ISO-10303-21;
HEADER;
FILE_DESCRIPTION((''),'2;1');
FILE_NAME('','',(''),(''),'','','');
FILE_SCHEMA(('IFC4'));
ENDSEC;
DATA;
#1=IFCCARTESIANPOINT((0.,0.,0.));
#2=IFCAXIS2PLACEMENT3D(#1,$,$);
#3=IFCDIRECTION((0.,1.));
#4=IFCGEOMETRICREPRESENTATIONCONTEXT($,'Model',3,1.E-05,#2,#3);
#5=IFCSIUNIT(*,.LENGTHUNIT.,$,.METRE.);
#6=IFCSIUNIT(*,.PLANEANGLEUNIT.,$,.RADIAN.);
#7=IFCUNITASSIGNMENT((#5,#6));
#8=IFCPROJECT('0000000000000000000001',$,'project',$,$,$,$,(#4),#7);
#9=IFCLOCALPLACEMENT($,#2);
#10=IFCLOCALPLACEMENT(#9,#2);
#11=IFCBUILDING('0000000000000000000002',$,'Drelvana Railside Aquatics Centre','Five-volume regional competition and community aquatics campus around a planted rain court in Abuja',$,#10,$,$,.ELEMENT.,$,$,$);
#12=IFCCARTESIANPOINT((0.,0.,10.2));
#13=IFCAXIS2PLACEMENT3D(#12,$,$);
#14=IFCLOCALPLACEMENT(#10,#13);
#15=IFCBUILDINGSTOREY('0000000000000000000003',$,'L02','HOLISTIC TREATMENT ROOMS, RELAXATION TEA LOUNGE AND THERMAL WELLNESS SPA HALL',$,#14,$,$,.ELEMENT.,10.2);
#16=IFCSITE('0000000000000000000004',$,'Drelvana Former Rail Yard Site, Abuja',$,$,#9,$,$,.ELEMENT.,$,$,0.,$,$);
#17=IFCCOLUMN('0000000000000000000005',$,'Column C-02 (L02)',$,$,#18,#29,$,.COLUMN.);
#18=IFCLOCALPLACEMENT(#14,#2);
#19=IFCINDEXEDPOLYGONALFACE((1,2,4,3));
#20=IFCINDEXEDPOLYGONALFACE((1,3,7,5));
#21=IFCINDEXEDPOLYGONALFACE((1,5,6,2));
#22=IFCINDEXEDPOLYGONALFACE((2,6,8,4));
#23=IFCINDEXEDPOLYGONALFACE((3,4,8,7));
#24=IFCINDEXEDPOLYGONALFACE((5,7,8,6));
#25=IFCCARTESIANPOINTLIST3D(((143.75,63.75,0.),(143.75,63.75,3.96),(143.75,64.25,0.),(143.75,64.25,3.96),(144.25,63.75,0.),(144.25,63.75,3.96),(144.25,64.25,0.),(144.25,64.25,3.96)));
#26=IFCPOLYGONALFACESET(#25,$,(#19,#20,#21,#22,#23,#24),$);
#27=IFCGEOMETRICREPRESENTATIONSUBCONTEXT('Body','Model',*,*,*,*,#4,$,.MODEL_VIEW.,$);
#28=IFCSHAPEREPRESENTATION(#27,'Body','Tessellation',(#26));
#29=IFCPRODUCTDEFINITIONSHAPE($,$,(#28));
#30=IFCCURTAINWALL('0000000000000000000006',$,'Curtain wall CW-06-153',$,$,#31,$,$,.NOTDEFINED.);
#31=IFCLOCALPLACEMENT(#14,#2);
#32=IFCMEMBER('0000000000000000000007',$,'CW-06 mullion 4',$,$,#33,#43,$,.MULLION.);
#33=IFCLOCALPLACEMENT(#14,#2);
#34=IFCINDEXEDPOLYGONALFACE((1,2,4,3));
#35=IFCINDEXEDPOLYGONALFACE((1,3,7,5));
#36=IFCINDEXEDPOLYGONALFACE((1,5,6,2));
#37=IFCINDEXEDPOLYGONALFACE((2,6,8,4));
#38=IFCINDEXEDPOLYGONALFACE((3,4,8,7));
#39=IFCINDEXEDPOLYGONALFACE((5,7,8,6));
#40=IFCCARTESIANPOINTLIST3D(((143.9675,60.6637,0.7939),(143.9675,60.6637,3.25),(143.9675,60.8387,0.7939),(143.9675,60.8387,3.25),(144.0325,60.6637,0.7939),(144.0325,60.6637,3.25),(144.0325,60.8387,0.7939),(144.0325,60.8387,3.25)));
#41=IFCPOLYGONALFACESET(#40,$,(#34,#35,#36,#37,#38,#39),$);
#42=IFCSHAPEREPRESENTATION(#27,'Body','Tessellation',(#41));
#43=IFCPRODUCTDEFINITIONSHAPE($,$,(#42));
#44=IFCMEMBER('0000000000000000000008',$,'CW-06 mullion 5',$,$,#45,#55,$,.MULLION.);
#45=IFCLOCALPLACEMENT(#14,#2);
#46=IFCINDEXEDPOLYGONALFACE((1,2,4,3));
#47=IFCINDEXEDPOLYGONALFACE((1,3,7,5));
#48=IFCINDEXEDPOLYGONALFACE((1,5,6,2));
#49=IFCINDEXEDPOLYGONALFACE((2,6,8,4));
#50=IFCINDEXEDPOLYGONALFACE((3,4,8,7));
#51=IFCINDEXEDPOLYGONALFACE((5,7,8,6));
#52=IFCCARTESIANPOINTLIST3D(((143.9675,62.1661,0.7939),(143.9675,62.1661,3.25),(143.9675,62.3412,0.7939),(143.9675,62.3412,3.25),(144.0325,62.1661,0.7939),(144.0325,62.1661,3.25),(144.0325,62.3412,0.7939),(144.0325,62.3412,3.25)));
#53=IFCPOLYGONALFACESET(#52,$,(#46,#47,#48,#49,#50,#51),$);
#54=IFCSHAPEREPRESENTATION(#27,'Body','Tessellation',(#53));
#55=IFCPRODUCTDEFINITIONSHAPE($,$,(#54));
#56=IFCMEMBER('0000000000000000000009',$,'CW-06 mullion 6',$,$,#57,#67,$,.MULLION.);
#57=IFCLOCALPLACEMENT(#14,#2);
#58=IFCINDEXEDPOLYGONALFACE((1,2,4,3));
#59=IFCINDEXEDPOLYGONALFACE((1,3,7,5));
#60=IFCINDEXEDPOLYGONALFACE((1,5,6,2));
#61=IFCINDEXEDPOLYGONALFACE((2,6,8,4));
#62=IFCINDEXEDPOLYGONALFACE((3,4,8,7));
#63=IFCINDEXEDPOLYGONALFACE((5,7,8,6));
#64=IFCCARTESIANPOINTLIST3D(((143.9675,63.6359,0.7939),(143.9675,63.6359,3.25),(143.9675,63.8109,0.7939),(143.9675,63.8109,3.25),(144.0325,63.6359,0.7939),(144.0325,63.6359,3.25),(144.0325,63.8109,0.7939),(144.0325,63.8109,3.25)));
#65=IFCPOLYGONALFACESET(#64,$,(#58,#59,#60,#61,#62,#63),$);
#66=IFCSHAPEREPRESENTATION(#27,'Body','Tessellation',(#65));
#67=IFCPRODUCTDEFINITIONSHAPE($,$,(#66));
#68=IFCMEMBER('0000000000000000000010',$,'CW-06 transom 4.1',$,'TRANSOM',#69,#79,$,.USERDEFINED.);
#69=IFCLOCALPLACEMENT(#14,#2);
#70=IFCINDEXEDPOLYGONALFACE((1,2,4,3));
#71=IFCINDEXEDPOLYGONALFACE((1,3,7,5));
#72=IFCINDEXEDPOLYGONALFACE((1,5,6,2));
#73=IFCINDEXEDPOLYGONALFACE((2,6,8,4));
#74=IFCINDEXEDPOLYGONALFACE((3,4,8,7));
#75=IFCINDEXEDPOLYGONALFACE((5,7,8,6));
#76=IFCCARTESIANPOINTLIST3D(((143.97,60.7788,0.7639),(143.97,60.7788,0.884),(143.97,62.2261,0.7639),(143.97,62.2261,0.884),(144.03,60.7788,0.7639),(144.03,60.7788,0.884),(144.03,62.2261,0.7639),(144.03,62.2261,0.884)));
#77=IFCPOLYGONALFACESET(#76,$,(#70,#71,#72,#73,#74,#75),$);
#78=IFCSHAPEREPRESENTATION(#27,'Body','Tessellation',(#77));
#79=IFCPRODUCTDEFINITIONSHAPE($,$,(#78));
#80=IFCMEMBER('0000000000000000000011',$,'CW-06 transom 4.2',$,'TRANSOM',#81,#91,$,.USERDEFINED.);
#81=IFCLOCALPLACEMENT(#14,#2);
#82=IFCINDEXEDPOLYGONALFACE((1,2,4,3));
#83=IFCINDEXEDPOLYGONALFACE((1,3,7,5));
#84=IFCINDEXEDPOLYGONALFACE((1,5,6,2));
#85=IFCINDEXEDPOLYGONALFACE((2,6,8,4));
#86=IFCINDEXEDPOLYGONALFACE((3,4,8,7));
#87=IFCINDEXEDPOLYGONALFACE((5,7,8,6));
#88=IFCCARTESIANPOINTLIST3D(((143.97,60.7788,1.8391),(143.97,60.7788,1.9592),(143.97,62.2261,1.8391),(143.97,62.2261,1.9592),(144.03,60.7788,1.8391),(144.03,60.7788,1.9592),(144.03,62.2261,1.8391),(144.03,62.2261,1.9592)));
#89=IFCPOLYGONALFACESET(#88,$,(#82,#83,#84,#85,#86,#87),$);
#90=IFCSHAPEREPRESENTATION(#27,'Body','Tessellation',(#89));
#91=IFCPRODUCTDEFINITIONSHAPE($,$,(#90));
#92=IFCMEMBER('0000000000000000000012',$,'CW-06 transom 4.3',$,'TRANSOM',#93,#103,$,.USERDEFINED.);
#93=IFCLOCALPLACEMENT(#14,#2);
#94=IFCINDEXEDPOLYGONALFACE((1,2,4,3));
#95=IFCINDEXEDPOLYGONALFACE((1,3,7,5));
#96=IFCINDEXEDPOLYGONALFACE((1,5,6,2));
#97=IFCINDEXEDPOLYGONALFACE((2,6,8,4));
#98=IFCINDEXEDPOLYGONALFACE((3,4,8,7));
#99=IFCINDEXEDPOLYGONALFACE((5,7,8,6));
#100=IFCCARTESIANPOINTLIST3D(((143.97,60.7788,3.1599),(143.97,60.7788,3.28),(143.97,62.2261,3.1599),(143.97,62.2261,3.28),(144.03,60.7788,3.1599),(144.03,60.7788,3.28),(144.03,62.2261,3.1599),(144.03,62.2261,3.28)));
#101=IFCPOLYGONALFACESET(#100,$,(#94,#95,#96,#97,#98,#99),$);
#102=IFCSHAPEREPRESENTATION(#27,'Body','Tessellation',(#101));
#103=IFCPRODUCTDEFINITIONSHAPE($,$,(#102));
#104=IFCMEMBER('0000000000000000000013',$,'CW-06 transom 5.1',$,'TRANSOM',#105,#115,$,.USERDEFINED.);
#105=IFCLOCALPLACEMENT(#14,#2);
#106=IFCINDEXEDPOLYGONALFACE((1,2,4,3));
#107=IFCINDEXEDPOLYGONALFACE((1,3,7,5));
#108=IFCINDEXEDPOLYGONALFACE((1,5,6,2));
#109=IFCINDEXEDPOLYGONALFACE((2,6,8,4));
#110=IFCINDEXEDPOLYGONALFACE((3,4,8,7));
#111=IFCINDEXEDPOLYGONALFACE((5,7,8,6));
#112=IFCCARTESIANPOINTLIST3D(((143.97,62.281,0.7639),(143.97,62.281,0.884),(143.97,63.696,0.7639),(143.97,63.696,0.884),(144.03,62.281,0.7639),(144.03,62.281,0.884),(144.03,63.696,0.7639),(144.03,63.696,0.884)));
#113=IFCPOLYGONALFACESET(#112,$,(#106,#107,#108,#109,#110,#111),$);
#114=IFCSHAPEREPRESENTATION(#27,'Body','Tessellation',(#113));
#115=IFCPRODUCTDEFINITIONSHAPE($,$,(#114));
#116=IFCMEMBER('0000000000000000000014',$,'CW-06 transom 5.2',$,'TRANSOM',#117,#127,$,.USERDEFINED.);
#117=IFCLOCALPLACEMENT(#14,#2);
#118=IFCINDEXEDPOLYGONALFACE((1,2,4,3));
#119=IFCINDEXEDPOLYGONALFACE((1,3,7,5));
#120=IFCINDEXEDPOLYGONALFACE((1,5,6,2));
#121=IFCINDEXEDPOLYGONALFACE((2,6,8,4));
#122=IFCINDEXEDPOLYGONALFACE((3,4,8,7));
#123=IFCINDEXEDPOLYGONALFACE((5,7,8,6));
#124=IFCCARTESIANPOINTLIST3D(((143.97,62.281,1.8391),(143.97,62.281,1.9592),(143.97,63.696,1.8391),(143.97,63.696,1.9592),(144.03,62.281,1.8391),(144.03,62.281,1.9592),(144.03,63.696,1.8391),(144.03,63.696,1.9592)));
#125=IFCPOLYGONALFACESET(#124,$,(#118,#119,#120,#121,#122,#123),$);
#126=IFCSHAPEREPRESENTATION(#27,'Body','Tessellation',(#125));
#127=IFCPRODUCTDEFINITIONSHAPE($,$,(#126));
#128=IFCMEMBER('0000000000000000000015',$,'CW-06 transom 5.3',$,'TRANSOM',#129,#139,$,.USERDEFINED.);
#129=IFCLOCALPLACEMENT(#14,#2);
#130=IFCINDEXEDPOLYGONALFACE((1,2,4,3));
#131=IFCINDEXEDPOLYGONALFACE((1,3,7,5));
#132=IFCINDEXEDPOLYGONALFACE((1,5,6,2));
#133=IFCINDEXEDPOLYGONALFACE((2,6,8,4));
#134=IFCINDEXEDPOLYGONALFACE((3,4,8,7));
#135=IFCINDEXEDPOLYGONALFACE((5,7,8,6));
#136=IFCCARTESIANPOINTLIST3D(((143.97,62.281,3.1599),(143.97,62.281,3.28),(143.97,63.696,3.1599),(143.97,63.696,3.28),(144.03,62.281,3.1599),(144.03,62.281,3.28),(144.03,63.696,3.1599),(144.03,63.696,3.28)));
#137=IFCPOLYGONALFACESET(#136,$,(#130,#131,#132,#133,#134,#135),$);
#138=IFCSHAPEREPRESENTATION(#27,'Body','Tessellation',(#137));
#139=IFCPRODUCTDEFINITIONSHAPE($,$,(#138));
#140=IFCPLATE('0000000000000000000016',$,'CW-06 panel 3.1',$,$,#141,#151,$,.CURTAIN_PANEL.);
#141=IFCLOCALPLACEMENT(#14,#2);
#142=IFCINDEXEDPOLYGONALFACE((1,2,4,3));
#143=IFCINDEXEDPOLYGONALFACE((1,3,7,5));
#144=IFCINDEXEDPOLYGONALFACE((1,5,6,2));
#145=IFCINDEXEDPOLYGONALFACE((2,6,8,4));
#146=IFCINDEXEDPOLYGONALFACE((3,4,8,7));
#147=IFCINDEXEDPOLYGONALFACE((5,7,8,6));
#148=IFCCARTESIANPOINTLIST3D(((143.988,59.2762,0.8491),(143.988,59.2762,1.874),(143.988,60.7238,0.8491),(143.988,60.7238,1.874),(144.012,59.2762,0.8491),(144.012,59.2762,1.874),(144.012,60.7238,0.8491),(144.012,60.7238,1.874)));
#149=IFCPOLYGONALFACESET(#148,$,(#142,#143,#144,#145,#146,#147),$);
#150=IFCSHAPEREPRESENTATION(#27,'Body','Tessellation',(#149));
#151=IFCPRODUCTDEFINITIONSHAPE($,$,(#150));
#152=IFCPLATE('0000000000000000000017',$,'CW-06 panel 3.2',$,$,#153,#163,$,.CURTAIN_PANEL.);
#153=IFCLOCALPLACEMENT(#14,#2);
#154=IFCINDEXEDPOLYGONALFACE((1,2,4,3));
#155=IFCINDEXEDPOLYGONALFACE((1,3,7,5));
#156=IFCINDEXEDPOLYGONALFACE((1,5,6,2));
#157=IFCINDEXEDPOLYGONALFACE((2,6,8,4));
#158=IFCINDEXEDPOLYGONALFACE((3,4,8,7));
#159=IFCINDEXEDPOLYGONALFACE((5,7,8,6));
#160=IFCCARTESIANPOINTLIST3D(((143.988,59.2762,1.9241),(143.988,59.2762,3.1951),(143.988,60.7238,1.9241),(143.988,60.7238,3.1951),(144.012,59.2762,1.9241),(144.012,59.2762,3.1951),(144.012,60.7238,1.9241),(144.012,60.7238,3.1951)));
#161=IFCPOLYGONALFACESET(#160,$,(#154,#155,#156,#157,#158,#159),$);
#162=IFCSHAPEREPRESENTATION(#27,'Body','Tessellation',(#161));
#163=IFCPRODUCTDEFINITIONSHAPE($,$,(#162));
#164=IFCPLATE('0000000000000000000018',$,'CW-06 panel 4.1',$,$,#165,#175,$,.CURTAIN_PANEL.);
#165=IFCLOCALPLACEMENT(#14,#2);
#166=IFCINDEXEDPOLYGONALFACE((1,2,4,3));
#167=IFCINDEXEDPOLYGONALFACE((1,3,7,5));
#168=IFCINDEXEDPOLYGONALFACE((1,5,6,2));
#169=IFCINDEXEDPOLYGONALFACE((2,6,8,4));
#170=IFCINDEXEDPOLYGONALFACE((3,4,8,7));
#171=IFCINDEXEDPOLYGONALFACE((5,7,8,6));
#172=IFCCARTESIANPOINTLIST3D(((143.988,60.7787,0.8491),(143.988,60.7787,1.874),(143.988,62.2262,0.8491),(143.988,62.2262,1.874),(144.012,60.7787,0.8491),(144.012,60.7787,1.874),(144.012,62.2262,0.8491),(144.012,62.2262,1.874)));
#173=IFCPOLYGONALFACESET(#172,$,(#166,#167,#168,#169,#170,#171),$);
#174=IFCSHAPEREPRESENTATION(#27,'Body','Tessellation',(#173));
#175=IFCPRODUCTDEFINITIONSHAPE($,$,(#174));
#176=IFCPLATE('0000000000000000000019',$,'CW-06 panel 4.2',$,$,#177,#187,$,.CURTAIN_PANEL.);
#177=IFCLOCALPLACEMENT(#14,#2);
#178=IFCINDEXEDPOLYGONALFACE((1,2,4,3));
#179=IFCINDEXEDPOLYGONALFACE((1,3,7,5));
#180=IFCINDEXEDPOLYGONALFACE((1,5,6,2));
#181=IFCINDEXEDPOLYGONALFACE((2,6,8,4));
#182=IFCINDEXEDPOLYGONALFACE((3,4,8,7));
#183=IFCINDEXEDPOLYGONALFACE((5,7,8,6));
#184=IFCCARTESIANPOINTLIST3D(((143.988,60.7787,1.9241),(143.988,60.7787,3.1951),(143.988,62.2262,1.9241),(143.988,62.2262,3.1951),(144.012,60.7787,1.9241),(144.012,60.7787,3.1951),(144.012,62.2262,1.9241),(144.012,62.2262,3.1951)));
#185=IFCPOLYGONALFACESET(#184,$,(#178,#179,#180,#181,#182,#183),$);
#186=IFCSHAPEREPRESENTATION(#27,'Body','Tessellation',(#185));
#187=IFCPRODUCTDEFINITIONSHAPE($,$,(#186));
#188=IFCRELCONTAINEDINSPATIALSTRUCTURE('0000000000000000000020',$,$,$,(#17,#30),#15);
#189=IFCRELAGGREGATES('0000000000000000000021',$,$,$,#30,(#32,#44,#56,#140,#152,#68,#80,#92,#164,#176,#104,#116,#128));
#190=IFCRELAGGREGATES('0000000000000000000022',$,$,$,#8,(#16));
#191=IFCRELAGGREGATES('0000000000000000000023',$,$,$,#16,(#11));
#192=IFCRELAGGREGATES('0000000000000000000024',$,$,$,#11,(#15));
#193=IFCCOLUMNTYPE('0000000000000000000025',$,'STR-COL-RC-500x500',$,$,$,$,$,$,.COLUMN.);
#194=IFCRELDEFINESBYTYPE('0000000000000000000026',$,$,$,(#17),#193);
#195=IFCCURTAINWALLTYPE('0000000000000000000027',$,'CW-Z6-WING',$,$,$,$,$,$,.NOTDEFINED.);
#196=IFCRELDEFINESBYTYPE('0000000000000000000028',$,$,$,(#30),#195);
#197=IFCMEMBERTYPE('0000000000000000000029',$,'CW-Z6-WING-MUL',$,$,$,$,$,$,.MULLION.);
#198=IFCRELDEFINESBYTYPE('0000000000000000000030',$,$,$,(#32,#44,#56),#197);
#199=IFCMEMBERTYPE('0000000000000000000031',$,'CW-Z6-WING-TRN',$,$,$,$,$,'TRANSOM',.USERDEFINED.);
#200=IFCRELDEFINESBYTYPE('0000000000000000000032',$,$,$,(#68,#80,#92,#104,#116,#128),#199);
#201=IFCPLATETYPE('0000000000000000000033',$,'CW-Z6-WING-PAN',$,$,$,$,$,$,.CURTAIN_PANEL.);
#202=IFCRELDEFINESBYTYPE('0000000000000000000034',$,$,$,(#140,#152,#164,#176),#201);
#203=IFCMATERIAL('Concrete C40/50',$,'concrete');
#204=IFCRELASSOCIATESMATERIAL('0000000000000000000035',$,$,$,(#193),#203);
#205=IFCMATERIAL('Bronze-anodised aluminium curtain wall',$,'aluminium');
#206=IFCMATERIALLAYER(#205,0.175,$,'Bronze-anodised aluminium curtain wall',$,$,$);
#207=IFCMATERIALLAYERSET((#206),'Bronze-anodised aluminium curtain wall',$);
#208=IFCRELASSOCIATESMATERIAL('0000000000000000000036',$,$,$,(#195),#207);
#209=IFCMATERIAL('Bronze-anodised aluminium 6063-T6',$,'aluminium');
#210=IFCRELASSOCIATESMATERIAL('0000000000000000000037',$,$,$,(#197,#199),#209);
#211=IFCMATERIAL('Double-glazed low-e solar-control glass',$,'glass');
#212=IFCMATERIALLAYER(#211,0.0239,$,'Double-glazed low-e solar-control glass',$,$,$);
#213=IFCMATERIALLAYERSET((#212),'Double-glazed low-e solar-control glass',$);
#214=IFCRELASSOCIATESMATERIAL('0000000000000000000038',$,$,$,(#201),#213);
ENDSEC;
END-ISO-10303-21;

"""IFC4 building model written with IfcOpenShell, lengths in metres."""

from ifc_helpers import new_model, si_unit, direction, frame, origin, origin_2d, place, context, subcontext, project, spatial, rectangle, extrude, material, layer, layer_set, material_profile, profile_set, type_object, element, aggregate, save


model = new_model("IFC4")

# Units and contexts
model_context = context("Model", 3, precision=1e-05, world=origin(), true_north=direction((0.0, 1.0)))
body_context = subcontext(model_context, "Body", "Model", "MODEL_VIEW")
ifc_project = project(units=[si_unit("LENGTHUNIT", "METRE"), si_unit("PLANEANGLEUNIT", "RADIAN")], contexts=[model_context])

# Site, building, storey
site_placement = place(None, origin())
site = spatial("IfcSite", under=ifc_project, at=site_placement, Name="Drelvana Former Rail Yard Site, Abuja", CompositionType="ELEMENT", RefElevation=0.0)
building_placement = place(site_placement, origin())
building = spatial("IfcBuilding", under=site, at=building_placement, Name="Drelvana Railside Aquatics Centre", Description="Five-volume regional competition and community aquatics campus around a planted rain court in Abuja", CompositionType="ELEMENT")
storey_placement = place(building_placement, frame((0.0, 0.0, 10.2)))
storey = spatial("IfcBuildingStorey", under=building, at=storey_placement, Name="L02", Description="HOLISTIC TREATMENT ROOMS, RELAXATION TEA LOUNGE AND THERMAL WELLNESS SPA HALL", CompositionType="ELEMENT", Elevation=10.2)

# Column
ifc_material_1 = material(Name="Concrete C40/50", Category="concrete")
ifc_material_profile_1 = material_profile(ifc_material_1, rectangle(XDim=0.5, YDim=0.5, at=origin_2d()), Name="RC 500x500")
ifc_profile_set_1 = profile_set([ifc_material_profile_1], Name="Concrete C40/50")
column_type = type_object("IfcColumnType", Name="STR-COL-RC-500x500", PredefinedType="COLUMN", material=ifc_profile_set_1)
column_placement = place(storey_placement, frame((144.0, 64.0, 0.0), z_axis=(0.0, 0.0, 1.0), x_axis=(1.0, 0.0, 0.0)))
element("IfcColumn", 1, at=column_placement, inside=storey, type_object=column_type, Name="Column C-02 (L02)", PredefinedType="COLUMN", context=body_context, shape_type="SweptSolid", body=[
    extrude(rectangle(XDim=0.5, YDim=0.5, at=origin_2d()), origin(), (0.0, 0.0, 1.0), 3.96),
])

# Curtain wall, members, plates
ifc_material_2 = material(Name="Bronze-anodised aluminium curtain wall", Category="aluminium")
ifc_layer_1 = layer(ifc_material_2, 0.175, Name="Bronze-anodised aluminium curtain wall")
ifc_layer_set_1 = layer_set([ifc_layer_1], Name="Bronze-anodised aluminium curtain wall")
curtain_wall_type = type_object("IfcCurtainWallType", Name="CW-Z6-WING", PredefinedType="NOTDEFINED", material=ifc_layer_set_1)
curtain_wall_placement = place(storey_placement, origin())
curtain_wall = element("IfcCurtainWall", 2, at=curtain_wall_placement, inside=storey, type_object=curtain_wall_type, Name="Curtain wall CW-06-153", PredefinedType="NOTDEFINED")
ifc_material_3 = material(Name="Bronze-anodised aluminium 6063-T6", Category="aluminium")
ifc_material_profile_2 = material_profile(ifc_material_3, rectangle(XDim=0.0649, YDim=0.175, at=origin_2d()), Name="ALU-M 65x175")
ifc_profile_set_2 = profile_set([ifc_material_profile_2], Name="Bronze-anodised aluminium 6063-T6")
member_type_1 = type_object("IfcMemberType", Name="CW-Z6-WING-MUL", PredefinedType="MULLION", material=ifc_profile_set_2)
member_1_placement = place(storey_placement, frame((144.0, 60.7512, 0.7939), z_axis=(0.0, 0.0, 1.0), x_axis=(-1.0, 0.0, 0.0)))
member_1 = element("IfcMember", 3, at=member_1_placement, type_object=member_type_1, Name="CW-06 mullion 4", PredefinedType="MULLION", context=body_context, shape_type="SweptSolid", body=[
    extrude(rectangle(XDim=0.0649, YDim=0.175, at=origin_2d()), origin(), (0.0, 0.0, 1.0), 2.4561),
])
member_2_placement = place(storey_placement, frame((144.0, 62.2537, 0.7939), z_axis=(0.0, 0.0, 1.0), x_axis=(-1.0, 0.0, 0.0)))
member_2 = element("IfcMember", 4, at=member_2_placement, type_object=member_type_1, Name="CW-06 mullion 5", PredefinedType="MULLION", context=body_context, shape_type="SweptSolid", body=[
    extrude(rectangle(XDim=0.0649, YDim=0.175, at=origin_2d()), origin(), (0.0, 0.0, 1.0), 2.4561),
])
member_3_placement = place(storey_placement, frame((144.0, 63.7234, 0.7939), z_axis=(0.0, 0.0, 1.0), x_axis=(-1.0, 0.0, 0.0)))
member_3 = element("IfcMember", 5, at=member_3_placement, type_object=member_type_1, Name="CW-06 mullion 6", PredefinedType="MULLION", context=body_context, shape_type="SweptSolid", body=[
    extrude(rectangle(XDim=0.0649, YDim=0.175, at=origin_2d()), origin(), (0.0, 0.0, 1.0), 2.4561),
])
ifc_material_profile_3 = material_profile(ifc_material_3, rectangle(XDim=0.1201, YDim=0.0601, at=origin_2d()), Name="ALU-T 60x120")
ifc_profile_set_3 = profile_set([ifc_material_profile_3], Name="Bronze-anodised aluminium 6063-T6")
member_type_2 = type_object("IfcMemberType", Name="CW-Z6-WING-TRN", ElementType="TRANSOM", PredefinedType="USERDEFINED", material=ifc_profile_set_3)
member_4_placement = place(storey_placement, frame((144.0, 60.7788, 0.824), z_axis=(0.0, 1.0, 0.0), x_axis=(0.0, 0.0, 1.0)))
member_4 = element("IfcMember", 6, at=member_4_placement, type_object=member_type_2, Name="CW-06 transom 4.1", ObjectType="TRANSOM", PredefinedType="USERDEFINED", context=body_context, shape_type="SweptSolid", body=[
    extrude(rectangle(XDim=0.1201, YDim=0.0601, at=origin_2d()), origin(), (0.0, 0.0, 1.0), 1.4473),
])
member_5_placement = place(storey_placement, frame((144.0, 60.7788, 1.8992), z_axis=(0.0, 1.0, 0.0), x_axis=(0.0, 0.0, 1.0)))
member_5 = element("IfcMember", 7, at=member_5_placement, type_object=member_type_2, Name="CW-06 transom 4.2", ObjectType="TRANSOM", PredefinedType="USERDEFINED", context=body_context, shape_type="SweptSolid", body=[
    extrude(rectangle(XDim=0.1201, YDim=0.0601, at=origin_2d()), origin(), (0.0, 0.0, 1.0), 1.4473),
])
member_6_placement = place(storey_placement, frame((144.0, 60.7788, 3.22), z_axis=(0.0, 1.0, 0.0), x_axis=(0.0, 0.0, 1.0)))
member_6 = element("IfcMember", 8, at=member_6_placement, type_object=member_type_2, Name="CW-06 transom 4.3", ObjectType="TRANSOM", PredefinedType="USERDEFINED", context=body_context, shape_type="SweptSolid", body=[
    extrude(rectangle(XDim=0.1201, YDim=0.0601, at=origin_2d()), origin(), (0.0, 0.0, 1.0), 1.4473),
])
member_7_placement = place(storey_placement, frame((144.0, 62.281, 0.824), z_axis=(0.0, 1.0, 0.0), x_axis=(0.0, 0.0, 1.0)))
member_7 = element("IfcMember", 9, at=member_7_placement, type_object=member_type_2, Name="CW-06 transom 5.1", ObjectType="TRANSOM", PredefinedType="USERDEFINED", context=body_context, shape_type="SweptSolid", body=[
    extrude(rectangle(XDim=0.1201, YDim=0.0601, at=origin_2d()), origin(), (0.0, 0.0, 1.0), 1.415),
])
member_8_placement = place(storey_placement, frame((144.0, 62.281, 1.8992), z_axis=(0.0, 1.0, 0.0), x_axis=(0.0, 0.0, 1.0)))
member_8 = element("IfcMember", 10, at=member_8_placement, type_object=member_type_2, Name="CW-06 transom 5.2", ObjectType="TRANSOM", PredefinedType="USERDEFINED", context=body_context, shape_type="SweptSolid", body=[
    extrude(rectangle(XDim=0.1201, YDim=0.0601, at=origin_2d()), origin(), (0.0, 0.0, 1.0), 1.415),
])
member_9_placement = place(storey_placement, frame((144.0, 62.281, 3.22), z_axis=(0.0, 1.0, 0.0), x_axis=(0.0, 0.0, 1.0)))
member_9 = element("IfcMember", 11, at=member_9_placement, type_object=member_type_2, Name="CW-06 transom 5.3", ObjectType="TRANSOM", PredefinedType="USERDEFINED", context=body_context, shape_type="SweptSolid", body=[
    extrude(rectangle(XDim=0.1201, YDim=0.0601, at=origin_2d()), origin(), (0.0, 0.0, 1.0), 1.415),
])
ifc_material_4 = material(Name="Double-glazed low-e solar-control glass", Category="glass")
ifc_layer_2 = layer(ifc_material_4, 0.0239, Name="Double-glazed low-e solar-control glass")
ifc_layer_set_2 = layer_set([ifc_layer_2], Name="Double-glazed low-e solar-control glass")
plate_type = type_object("IfcPlateType", Name="CW-Z6-WING-PAN", PredefinedType="CURTAIN_PANEL", material=ifc_layer_set_2)
plate_1_placement = place(storey_placement, frame((144.0, 60.0, 0.8491), z_axis=(0.0, 0.0, 1.0), x_axis=(0.0, 1.0, 0.0)))
plate_1 = element("IfcPlate", 12, at=plate_1_placement, type_object=plate_type, Name="CW-06 panel 3.1", PredefinedType="CURTAIN_PANEL", context=body_context, shape_type="SweptSolid", body=[
    extrude(rectangle(XDim=1.4475, YDim=0.0239, at=origin_2d()), origin(), (0.0, 0.0, 1.0), 1.0249),
])
plate_2_placement = place(storey_placement, frame((144.0, 60.0, 1.9241), z_axis=(0.0, 0.0, 1.0), x_axis=(0.0, 1.0, 0.0)))
plate_2 = element("IfcPlate", 13, at=plate_2_placement, type_object=plate_type, Name="CW-06 panel 3.2", PredefinedType="CURTAIN_PANEL", context=body_context, shape_type="SweptSolid", body=[
    extrude(rectangle(XDim=1.4475, YDim=0.0239, at=origin_2d()), origin(), (0.0, 0.0, 1.0), 1.271),
])
plate_3_placement = place(storey_placement, frame((144.0, 61.5024, 0.8491), z_axis=(0.0, 0.0, 1.0), x_axis=(0.0, 1.0, 0.0)))
plate_3 = element("IfcPlate", 14, at=plate_3_placement, type_object=plate_type, Name="CW-06 panel 4.1", PredefinedType="CURTAIN_PANEL", context=body_context, shape_type="SweptSolid", body=[
    extrude(rectangle(XDim=1.4475, YDim=0.0239, at=origin_2d()), origin(), (0.0, 0.0, 1.0), 1.0249),
])
plate_4_placement = place(storey_placement, frame((144.0, 61.5024, 1.9241), z_axis=(0.0, 0.0, 1.0), x_axis=(0.0, 1.0, 0.0)))
plate_4 = element("IfcPlate", 15, at=plate_4_placement, type_object=plate_type, Name="CW-06 panel 4.2", PredefinedType="CURTAIN_PANEL", context=body_context, shape_type="SweptSolid", body=[
    extrude(rectangle(XDim=1.4475, YDim=0.0239, at=origin_2d()), origin(), (0.0, 0.0, 1.0), 1.271),
])
aggregate(curtain_wall, [member_1, member_2, member_3, plate_1, plate_2, member_4, member_5, member_6, plate_3, plate_4, member_7, member_8, member_9])

save(model, "model.ifc")
